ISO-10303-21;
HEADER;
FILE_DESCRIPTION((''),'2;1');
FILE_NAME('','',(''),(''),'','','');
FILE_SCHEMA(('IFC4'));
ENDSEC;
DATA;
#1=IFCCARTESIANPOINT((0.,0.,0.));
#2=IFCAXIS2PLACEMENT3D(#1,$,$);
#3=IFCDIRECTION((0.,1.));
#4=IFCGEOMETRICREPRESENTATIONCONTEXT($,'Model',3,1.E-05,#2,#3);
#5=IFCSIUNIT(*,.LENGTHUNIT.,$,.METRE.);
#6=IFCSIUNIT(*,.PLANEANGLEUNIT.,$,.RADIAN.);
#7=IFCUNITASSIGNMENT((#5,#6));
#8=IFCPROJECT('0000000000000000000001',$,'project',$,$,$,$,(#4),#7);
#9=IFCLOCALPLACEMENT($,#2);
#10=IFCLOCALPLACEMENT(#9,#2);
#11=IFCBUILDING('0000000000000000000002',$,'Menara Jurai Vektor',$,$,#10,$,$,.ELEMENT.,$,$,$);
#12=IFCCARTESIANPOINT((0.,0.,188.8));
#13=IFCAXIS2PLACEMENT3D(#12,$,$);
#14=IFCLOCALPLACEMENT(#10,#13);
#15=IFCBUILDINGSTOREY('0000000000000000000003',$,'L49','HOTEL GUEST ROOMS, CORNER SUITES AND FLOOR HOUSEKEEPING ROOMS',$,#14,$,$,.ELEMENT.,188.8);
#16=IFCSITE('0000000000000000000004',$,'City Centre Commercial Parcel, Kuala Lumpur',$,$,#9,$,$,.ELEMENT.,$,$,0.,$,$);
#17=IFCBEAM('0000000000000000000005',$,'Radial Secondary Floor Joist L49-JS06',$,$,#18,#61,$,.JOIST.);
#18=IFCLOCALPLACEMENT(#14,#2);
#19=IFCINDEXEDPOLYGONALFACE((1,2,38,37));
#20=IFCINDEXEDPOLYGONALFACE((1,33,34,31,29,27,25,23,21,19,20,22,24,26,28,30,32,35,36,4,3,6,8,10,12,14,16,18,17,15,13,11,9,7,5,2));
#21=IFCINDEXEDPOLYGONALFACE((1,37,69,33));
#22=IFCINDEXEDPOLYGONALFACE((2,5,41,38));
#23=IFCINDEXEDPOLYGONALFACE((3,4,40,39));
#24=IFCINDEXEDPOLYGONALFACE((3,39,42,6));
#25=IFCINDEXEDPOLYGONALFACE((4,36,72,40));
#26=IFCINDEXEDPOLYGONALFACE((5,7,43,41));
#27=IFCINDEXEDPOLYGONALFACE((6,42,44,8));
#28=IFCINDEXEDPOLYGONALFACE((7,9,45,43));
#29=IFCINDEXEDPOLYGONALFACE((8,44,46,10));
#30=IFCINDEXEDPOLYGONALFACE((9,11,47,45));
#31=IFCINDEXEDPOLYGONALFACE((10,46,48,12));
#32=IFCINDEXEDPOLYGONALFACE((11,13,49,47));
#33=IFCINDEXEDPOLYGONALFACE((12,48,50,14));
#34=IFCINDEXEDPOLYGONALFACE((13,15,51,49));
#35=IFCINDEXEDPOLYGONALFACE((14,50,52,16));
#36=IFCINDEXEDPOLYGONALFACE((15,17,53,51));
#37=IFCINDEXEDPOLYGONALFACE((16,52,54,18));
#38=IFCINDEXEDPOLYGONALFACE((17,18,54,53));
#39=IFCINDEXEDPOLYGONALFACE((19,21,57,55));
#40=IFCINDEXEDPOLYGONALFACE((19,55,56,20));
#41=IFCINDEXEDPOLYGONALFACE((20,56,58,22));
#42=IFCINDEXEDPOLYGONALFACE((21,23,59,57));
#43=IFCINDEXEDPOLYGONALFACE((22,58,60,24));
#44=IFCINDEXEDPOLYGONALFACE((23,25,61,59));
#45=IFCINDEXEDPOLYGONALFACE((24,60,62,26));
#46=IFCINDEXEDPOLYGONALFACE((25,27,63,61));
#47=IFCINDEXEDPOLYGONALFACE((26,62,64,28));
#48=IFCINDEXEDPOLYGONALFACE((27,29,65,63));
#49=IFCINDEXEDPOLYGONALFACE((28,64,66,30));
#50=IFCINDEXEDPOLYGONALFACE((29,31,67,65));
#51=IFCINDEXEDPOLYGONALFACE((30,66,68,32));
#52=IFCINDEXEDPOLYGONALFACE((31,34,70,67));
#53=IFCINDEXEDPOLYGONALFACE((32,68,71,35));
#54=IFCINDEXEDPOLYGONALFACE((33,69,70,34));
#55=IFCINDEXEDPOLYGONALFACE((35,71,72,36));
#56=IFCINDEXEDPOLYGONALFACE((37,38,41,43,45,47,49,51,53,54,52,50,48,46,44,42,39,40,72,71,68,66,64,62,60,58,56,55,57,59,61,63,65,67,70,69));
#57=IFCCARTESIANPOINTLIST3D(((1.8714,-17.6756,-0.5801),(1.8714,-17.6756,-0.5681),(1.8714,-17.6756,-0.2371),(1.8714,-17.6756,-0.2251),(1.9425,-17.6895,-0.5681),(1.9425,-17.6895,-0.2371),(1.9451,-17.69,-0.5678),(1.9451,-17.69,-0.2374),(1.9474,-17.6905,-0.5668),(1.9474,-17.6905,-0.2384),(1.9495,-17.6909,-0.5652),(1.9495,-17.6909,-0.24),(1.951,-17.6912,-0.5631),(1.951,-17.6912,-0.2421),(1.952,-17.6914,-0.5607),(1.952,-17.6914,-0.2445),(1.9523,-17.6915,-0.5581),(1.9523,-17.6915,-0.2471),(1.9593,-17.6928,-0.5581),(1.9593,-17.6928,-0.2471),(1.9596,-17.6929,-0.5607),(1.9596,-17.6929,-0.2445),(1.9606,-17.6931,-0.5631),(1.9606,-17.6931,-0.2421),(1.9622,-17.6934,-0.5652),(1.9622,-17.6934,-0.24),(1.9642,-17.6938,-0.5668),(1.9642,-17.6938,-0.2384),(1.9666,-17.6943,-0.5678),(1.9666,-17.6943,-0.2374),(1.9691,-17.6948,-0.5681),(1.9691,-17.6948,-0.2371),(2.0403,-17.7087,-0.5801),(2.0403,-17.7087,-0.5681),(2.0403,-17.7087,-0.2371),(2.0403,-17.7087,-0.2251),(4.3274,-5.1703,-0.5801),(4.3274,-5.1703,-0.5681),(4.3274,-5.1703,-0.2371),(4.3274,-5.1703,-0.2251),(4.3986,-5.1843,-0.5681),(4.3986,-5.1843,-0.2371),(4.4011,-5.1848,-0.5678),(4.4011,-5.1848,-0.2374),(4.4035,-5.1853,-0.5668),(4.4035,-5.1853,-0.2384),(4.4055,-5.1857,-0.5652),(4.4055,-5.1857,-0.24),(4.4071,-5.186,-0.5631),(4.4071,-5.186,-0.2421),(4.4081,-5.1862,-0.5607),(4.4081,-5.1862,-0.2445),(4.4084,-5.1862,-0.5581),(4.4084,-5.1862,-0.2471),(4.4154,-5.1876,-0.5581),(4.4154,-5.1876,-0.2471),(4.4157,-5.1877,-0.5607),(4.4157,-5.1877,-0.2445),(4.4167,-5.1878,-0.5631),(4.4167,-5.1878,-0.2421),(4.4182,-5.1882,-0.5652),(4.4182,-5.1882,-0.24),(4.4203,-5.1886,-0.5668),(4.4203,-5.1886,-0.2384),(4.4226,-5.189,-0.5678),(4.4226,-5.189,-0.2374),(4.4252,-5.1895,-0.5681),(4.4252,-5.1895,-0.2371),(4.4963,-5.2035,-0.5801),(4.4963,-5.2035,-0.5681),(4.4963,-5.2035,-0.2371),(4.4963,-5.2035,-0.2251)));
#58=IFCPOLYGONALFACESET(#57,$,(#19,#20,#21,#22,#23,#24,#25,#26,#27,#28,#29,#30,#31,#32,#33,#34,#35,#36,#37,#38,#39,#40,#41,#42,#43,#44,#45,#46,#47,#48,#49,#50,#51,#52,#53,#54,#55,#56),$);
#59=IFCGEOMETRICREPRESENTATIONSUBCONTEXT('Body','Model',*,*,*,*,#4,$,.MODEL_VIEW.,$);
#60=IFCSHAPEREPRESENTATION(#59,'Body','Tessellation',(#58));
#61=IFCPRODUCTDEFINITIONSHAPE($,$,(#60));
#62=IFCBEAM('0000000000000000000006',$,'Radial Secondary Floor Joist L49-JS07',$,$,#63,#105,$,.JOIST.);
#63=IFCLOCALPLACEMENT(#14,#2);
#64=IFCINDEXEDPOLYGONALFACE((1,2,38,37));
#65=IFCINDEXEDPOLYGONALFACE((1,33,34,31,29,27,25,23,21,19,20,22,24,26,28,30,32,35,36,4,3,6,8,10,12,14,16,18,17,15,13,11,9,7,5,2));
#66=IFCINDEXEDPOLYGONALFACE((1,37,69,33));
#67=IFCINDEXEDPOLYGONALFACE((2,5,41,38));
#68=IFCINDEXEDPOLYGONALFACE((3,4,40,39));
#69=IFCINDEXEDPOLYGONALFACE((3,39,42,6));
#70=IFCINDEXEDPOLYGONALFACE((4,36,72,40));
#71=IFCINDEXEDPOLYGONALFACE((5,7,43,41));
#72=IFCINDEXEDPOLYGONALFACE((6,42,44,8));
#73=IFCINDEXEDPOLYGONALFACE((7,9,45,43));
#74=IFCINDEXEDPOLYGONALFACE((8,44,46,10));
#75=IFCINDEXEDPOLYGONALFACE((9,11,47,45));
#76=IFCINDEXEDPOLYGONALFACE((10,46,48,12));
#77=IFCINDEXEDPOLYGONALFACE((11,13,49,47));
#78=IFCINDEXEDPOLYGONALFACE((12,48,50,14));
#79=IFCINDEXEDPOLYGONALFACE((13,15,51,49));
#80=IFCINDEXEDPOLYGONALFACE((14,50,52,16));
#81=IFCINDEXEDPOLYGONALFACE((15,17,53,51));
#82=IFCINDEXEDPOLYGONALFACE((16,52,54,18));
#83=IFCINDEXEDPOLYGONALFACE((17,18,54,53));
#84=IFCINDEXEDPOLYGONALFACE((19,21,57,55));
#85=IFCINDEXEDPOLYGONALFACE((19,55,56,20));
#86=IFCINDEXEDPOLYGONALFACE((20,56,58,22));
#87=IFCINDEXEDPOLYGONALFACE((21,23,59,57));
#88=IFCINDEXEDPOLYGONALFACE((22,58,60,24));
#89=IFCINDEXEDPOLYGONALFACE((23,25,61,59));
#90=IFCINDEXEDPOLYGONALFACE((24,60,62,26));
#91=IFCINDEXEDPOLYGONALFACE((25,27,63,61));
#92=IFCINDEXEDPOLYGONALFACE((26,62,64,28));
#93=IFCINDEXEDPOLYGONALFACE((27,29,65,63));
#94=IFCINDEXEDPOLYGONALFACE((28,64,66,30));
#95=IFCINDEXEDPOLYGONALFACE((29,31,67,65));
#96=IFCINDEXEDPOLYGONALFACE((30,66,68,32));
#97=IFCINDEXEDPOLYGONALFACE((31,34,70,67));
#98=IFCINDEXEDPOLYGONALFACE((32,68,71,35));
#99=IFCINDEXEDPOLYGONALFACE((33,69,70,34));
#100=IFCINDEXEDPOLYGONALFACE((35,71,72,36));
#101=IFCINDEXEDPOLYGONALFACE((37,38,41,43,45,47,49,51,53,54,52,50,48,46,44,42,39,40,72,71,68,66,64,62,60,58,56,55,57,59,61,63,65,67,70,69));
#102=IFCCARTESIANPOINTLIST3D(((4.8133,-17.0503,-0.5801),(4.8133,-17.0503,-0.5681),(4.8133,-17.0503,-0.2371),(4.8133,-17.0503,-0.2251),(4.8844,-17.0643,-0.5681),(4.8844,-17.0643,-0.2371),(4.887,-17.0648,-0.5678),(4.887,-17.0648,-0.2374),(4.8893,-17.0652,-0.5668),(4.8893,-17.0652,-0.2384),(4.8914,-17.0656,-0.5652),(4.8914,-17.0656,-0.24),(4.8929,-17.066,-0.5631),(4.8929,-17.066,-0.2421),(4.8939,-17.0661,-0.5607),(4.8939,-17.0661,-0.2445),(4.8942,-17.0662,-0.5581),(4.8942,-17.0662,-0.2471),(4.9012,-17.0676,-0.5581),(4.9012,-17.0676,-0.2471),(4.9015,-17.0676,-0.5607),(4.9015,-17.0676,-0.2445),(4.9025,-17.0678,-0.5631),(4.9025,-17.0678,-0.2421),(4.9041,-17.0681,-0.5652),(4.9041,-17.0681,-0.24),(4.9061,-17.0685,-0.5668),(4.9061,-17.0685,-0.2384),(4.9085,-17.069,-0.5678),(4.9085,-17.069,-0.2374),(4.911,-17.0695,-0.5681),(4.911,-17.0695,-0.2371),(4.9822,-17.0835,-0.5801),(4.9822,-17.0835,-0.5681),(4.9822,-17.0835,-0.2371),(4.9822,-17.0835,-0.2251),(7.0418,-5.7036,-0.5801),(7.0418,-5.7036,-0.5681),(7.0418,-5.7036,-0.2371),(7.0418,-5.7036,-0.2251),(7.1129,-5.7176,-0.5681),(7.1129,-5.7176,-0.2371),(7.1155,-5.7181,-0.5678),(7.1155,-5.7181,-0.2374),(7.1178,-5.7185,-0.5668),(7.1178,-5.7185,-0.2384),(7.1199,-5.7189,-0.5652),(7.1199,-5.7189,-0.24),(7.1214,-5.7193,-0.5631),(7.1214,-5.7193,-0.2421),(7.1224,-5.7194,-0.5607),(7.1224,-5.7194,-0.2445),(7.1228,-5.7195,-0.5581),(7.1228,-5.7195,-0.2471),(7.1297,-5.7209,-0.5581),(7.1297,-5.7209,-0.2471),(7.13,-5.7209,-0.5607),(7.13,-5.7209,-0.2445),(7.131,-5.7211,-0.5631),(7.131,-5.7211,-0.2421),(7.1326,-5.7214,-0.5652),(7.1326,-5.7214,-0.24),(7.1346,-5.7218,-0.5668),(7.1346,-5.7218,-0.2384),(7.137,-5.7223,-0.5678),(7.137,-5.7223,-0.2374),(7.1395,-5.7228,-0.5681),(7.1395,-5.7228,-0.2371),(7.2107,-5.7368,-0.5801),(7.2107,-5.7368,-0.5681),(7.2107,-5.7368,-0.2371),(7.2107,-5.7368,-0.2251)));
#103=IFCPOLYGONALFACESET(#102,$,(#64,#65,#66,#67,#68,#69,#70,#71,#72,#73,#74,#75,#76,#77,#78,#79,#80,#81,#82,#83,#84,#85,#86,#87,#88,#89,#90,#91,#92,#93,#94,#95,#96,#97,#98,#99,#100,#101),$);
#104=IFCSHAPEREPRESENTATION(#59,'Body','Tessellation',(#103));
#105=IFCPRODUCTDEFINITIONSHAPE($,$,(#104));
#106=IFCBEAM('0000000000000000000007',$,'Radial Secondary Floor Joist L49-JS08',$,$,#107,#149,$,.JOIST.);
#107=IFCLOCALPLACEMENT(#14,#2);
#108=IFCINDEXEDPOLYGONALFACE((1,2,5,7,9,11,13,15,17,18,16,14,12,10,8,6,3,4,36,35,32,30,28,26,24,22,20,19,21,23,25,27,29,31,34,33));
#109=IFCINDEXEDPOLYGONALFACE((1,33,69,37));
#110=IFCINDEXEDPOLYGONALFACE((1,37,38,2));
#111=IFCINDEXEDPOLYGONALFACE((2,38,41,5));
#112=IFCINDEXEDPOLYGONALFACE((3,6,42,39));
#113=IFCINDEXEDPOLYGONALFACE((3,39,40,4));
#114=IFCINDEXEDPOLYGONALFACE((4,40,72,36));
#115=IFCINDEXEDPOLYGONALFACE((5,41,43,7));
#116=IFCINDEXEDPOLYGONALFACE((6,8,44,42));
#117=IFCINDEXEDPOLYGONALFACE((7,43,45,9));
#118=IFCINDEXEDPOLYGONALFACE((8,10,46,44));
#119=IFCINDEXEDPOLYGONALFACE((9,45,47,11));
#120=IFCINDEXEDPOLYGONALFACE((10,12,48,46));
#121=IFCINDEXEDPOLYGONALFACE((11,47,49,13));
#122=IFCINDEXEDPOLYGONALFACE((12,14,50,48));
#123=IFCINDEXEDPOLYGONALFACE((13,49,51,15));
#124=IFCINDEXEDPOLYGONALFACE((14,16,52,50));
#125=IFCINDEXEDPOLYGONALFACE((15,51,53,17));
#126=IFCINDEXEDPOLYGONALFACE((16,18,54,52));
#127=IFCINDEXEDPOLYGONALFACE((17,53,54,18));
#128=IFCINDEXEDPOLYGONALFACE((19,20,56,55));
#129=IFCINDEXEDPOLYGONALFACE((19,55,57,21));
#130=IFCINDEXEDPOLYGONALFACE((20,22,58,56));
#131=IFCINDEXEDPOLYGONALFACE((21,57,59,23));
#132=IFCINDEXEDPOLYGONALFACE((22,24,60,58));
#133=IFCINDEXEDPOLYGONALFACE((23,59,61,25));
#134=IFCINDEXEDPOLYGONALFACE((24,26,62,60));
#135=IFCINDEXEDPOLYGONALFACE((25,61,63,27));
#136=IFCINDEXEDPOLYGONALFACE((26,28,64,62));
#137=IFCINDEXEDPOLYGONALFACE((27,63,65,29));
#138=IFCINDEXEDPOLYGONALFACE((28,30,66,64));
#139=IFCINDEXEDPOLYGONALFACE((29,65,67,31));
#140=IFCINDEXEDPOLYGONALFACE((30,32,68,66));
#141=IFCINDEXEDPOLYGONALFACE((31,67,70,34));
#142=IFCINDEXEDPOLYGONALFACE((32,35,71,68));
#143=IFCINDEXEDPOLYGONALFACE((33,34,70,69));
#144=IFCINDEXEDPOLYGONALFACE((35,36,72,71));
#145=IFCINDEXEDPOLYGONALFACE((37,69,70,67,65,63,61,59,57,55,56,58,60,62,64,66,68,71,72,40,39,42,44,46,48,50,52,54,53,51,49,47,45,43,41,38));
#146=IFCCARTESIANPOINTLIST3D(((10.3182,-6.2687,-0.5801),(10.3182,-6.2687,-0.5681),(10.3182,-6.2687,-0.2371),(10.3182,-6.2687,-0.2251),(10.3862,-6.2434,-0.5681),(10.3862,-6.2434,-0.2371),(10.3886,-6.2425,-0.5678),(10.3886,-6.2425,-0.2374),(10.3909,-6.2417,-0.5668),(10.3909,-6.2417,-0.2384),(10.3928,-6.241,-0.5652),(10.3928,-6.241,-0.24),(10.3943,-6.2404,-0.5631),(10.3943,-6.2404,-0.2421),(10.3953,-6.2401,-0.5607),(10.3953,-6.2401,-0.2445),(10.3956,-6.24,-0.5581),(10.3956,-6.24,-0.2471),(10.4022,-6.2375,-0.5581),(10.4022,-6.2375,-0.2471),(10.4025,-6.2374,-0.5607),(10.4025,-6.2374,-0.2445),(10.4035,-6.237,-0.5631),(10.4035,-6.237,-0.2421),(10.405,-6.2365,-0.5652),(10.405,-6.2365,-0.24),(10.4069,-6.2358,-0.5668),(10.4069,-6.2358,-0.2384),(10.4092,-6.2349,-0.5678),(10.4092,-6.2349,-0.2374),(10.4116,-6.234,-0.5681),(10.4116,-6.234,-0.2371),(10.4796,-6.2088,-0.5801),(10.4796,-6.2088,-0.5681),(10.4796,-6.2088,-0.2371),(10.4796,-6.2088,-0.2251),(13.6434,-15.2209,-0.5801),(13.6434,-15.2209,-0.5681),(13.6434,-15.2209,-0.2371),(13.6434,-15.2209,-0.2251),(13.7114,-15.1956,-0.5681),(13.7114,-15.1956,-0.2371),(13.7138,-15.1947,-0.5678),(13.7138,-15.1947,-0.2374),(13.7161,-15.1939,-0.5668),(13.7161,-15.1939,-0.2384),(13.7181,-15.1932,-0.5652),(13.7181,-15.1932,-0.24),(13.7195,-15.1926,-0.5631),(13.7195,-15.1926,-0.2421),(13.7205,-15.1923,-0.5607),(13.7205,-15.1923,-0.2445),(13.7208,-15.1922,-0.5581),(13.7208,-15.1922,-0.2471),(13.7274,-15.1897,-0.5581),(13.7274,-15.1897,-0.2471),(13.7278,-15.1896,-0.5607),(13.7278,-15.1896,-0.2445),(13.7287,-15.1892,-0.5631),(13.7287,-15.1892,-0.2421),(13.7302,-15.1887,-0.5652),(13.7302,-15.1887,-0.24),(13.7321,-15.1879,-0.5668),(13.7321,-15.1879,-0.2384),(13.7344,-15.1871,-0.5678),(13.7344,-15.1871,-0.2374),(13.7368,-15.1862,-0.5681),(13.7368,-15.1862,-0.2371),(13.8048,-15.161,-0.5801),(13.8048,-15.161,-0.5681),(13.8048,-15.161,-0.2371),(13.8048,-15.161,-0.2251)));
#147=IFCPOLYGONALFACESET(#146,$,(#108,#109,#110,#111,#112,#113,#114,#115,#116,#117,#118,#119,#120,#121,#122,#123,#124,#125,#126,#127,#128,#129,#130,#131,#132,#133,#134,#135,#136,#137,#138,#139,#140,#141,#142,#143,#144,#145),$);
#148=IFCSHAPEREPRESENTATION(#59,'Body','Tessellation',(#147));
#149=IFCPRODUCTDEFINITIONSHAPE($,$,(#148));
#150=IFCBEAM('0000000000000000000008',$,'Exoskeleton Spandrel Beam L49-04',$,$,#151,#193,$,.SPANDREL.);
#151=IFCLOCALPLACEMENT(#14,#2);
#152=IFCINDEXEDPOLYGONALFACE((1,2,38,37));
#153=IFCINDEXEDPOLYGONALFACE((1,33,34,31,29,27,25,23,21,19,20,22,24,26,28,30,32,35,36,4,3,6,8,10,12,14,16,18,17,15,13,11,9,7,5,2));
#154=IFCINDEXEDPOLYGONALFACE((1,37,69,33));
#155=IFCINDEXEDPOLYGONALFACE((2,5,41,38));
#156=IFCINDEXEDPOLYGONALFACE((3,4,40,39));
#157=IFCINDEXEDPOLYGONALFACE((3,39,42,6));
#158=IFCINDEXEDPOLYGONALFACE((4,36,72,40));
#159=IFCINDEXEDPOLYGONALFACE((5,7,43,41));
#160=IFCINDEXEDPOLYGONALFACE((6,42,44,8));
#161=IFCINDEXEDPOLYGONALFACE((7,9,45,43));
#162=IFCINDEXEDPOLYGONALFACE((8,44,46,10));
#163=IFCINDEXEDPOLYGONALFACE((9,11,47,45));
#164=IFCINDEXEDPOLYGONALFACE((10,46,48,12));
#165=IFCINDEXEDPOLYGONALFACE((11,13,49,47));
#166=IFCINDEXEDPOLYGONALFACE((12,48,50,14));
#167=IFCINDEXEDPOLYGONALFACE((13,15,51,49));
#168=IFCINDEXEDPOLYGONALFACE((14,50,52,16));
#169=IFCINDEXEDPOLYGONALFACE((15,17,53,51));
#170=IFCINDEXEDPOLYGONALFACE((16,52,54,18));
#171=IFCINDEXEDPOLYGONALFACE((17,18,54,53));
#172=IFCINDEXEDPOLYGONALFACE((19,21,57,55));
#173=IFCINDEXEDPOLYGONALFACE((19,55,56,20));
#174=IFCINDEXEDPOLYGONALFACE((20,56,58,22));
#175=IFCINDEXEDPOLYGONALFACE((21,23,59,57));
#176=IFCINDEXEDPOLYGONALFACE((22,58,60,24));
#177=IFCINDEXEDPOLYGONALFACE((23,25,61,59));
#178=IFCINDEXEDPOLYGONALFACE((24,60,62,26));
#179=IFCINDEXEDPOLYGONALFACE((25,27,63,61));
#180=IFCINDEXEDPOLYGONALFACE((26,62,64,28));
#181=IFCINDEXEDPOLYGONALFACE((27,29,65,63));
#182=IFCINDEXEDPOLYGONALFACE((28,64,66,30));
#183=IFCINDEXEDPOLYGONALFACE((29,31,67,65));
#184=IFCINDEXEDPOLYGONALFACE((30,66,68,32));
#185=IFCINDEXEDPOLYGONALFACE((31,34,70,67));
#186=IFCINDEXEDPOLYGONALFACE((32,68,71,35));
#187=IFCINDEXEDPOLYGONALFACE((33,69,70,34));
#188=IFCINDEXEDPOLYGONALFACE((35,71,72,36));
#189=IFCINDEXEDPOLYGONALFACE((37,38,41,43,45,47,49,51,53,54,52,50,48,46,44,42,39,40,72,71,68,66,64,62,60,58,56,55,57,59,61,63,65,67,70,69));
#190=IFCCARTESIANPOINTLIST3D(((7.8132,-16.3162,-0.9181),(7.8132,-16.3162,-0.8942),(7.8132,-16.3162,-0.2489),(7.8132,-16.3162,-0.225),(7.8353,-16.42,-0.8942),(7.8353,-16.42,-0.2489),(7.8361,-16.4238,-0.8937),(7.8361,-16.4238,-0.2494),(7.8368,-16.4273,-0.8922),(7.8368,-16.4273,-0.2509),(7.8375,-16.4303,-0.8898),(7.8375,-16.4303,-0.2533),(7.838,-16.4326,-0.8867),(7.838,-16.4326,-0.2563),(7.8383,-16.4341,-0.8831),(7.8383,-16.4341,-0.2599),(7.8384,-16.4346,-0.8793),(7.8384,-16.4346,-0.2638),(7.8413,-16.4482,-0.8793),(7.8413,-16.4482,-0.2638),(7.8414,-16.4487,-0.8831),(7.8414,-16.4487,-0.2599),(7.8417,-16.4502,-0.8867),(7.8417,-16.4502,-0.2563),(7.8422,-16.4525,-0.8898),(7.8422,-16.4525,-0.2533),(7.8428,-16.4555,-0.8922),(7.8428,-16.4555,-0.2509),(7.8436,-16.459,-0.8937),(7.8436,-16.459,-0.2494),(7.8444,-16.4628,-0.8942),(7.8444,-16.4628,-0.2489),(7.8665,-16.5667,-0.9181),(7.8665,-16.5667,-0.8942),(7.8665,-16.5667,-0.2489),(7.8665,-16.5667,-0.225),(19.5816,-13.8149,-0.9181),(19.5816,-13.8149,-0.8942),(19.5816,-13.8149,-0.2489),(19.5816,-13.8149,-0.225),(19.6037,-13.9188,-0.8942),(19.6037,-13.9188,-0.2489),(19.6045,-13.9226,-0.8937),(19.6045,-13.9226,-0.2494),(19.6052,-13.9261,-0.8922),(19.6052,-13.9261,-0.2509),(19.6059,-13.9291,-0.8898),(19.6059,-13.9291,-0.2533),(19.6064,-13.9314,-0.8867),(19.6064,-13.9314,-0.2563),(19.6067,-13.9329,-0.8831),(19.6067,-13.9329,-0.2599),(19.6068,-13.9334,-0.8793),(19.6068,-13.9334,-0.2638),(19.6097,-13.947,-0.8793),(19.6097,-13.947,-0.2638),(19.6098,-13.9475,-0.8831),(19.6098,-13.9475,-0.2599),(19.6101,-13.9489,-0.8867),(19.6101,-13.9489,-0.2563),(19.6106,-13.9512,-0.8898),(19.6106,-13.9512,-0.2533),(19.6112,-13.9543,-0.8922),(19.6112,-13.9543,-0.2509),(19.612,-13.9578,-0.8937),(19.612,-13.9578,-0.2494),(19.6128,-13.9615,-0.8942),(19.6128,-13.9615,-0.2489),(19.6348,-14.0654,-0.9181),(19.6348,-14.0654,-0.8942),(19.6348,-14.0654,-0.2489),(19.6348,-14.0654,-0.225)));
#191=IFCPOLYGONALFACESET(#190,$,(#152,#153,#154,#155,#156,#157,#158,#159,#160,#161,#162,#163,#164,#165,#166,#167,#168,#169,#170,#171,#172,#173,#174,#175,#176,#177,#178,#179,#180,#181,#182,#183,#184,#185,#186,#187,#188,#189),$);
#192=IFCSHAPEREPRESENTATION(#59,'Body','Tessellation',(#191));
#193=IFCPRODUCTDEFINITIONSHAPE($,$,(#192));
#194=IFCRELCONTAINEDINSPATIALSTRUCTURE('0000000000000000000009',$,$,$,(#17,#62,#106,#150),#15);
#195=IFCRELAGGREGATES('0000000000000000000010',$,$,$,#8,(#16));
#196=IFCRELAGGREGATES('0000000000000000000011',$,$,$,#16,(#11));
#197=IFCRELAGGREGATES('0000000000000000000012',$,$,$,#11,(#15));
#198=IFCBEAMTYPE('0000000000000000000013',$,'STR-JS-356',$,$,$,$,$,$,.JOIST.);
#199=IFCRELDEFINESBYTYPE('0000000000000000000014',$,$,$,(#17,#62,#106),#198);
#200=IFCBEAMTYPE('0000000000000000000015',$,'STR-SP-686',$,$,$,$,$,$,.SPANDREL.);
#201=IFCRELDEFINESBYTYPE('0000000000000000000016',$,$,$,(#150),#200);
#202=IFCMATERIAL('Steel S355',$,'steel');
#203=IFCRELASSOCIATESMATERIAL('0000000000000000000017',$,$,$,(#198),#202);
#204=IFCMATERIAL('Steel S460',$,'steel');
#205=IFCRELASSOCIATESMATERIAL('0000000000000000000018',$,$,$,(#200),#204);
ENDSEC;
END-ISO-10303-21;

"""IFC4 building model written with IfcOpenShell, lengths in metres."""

from ifc_helpers import new_model, si_unit, direction, frame, origin, origin_2d, place, context, subcontext, project, spatial, i_section, extrude, material, material_profile, profile_set, type_object, element, save


model = new_model("IFC4")

# Units and contexts
model_context = context("Model", 3, precision=1e-05, world=origin(), true_north=direction((0.0, 1.0)))
body_context = subcontext(model_context, "Body", "Model", "MODEL_VIEW")
ifc_project = project(units=[si_unit("LENGTHUNIT", "METRE"), si_unit("PLANEANGLEUNIT", "RADIAN")], contexts=[model_context])

# Site, building, storey
site_placement = place(None, origin())
site = spatial("IfcSite", under=ifc_project, at=site_placement, Name="City Centre Commercial Parcel, Kuala Lumpur", CompositionType="ELEMENT", RefElevation=0.0)
building_placement = place(site_placement, origin())
building = spatial("IfcBuilding", under=site, at=building_placement, Name="Menara Jurai Vektor", CompositionType="ELEMENT")
storey_placement = place(building_placement, frame((0.0, 0.0, 188.8)))
storey = spatial("IfcBuildingStorey", under=building, at=storey_placement, Name="L49", Description="HOTEL GUEST ROOMS, CORNER SUITES AND FLOOR HOUSEKEEPING ROOMS", CompositionType="ELEMENT", Elevation=188.8)

# Shared definitions
ifc_material_1 = material(Name="Steel S460", Category="steel")

# Beams
ifc_material_2 = material(Name="Steel S355", Category="steel")
ifc_material_profile_1 = material_profile(ifc_material_2, i_section(OverallWidth=0.1721, OverallDepth=0.355, WebThickness=0.0071, FlangeThickness=0.012, FilletRadius=0.01, at=origin_2d()), Name="UKB 356x171x51")
ifc_profile_set_1 = profile_set([ifc_material_profile_1], Name="Steel S355")
beam_type_1 = type_object("IfcBeamType", Name="STR-JS-356", PredefinedType="JOIST", material=ifc_profile_set_1)
beam_1_placement = place(storey_placement, frame((1.9558, -17.6921, -0.4026), z_axis=(0.192722, 0.981253, 0.0), x_axis=(-0.981253, 0.192722, 0.0)))
element("IfcBeam", 1, at=beam_1_placement, inside=storey, type_object=beam_type_1, Name="Radial Secondary Floor Joist L49-JS06", PredefinedType="JOIST", context=body_context, shape_type="SweptSolid", body=[
    extrude(i_section(OverallWidth=0.1721, OverallDepth=0.355, WebThickness=0.0071, FlangeThickness=0.012, FilletRadius=0.01, at=origin_2d()), origin(), (0.0, 0.0, 1.0), 12.7441),
])
beam_2_placement = place(storey_placement, frame((4.8977, -17.0669, -0.4026), z_axis=(0.192721, 0.981254, 0.0), x_axis=(-0.981254, 0.192721, 0.0)))
element("IfcBeam", 2, at=beam_2_placement, inside=storey, type_object=beam_type_1, Name="Radial Secondary Floor Joist L49-JS07", PredefinedType="JOIST", context=body_context, shape_type="SweptSolid", body=[
    extrude(i_section(OverallWidth=0.1721, OverallDepth=0.355, WebThickness=0.0071, FlangeThickness=0.012, FilletRadius=0.01, at=origin_2d()), origin(), (0.0, 0.0, 1.0), 11.5635),
])
beam_3_placement = place(storey_placement, frame((13.7241, -15.1909, -0.4026), z_axis=(-0.348197, 0.937421, 0.0), x_axis=(-0.937421, -0.348197, 0.0)))
element("IfcBeam", 3, at=beam_3_placement, inside=storey, type_object=beam_type_1, Name="Radial Secondary Floor Joist L49-JS08", PredefinedType="JOIST", context=body_context, shape_type="SweptSolid", body=[
    extrude(i_section(OverallWidth=0.1721, OverallDepth=0.355, WebThickness=0.0071, FlangeThickness=0.012, FilletRadius=0.01, at=origin_2d()), origin(), (0.0, 0.0, 1.0), 9.5498),
])
ifc_material_profile_2 = material_profile(ifc_material_1, i_section(OverallWidth=0.2561, OverallDepth=0.6931, WebThickness=0.0139, FlangeThickness=0.0239, FilletRadius=0.0149, at=origin_2d()), Name="UKB 686x254x170")
ifc_profile_set_2 = profile_set([ifc_material_profile_2], Name="Steel S460")
beam_type_2 = type_object("IfcBeamType", Name="STR-SP-686", PredefinedType="SPANDREL", material=ifc_profile_set_2)
beam_4_placement = place(storey_placement, frame((7.8398, -16.4414, -0.5715), z_axis=(0.978151, 0.207895, 0.0), x_axis=(-0.207895, 0.978151, 0.0)))
element("IfcBeam", 4, at=beam_4_placement, inside=storey, type_object=beam_type_2, Name="Exoskeleton Spandrel Beam L49-04", PredefinedType="SPANDREL", context=body_context, shape_type="SweptSolid", body=[
    extrude(i_section(OverallWidth=0.2561, OverallDepth=0.6931, WebThickness=0.0139, FlangeThickness=0.0239, FilletRadius=0.0149, at=origin_2d()), origin(), (0.0, 0.0, 1.0), 12.0312),
])

save(model, "model.ifc")
